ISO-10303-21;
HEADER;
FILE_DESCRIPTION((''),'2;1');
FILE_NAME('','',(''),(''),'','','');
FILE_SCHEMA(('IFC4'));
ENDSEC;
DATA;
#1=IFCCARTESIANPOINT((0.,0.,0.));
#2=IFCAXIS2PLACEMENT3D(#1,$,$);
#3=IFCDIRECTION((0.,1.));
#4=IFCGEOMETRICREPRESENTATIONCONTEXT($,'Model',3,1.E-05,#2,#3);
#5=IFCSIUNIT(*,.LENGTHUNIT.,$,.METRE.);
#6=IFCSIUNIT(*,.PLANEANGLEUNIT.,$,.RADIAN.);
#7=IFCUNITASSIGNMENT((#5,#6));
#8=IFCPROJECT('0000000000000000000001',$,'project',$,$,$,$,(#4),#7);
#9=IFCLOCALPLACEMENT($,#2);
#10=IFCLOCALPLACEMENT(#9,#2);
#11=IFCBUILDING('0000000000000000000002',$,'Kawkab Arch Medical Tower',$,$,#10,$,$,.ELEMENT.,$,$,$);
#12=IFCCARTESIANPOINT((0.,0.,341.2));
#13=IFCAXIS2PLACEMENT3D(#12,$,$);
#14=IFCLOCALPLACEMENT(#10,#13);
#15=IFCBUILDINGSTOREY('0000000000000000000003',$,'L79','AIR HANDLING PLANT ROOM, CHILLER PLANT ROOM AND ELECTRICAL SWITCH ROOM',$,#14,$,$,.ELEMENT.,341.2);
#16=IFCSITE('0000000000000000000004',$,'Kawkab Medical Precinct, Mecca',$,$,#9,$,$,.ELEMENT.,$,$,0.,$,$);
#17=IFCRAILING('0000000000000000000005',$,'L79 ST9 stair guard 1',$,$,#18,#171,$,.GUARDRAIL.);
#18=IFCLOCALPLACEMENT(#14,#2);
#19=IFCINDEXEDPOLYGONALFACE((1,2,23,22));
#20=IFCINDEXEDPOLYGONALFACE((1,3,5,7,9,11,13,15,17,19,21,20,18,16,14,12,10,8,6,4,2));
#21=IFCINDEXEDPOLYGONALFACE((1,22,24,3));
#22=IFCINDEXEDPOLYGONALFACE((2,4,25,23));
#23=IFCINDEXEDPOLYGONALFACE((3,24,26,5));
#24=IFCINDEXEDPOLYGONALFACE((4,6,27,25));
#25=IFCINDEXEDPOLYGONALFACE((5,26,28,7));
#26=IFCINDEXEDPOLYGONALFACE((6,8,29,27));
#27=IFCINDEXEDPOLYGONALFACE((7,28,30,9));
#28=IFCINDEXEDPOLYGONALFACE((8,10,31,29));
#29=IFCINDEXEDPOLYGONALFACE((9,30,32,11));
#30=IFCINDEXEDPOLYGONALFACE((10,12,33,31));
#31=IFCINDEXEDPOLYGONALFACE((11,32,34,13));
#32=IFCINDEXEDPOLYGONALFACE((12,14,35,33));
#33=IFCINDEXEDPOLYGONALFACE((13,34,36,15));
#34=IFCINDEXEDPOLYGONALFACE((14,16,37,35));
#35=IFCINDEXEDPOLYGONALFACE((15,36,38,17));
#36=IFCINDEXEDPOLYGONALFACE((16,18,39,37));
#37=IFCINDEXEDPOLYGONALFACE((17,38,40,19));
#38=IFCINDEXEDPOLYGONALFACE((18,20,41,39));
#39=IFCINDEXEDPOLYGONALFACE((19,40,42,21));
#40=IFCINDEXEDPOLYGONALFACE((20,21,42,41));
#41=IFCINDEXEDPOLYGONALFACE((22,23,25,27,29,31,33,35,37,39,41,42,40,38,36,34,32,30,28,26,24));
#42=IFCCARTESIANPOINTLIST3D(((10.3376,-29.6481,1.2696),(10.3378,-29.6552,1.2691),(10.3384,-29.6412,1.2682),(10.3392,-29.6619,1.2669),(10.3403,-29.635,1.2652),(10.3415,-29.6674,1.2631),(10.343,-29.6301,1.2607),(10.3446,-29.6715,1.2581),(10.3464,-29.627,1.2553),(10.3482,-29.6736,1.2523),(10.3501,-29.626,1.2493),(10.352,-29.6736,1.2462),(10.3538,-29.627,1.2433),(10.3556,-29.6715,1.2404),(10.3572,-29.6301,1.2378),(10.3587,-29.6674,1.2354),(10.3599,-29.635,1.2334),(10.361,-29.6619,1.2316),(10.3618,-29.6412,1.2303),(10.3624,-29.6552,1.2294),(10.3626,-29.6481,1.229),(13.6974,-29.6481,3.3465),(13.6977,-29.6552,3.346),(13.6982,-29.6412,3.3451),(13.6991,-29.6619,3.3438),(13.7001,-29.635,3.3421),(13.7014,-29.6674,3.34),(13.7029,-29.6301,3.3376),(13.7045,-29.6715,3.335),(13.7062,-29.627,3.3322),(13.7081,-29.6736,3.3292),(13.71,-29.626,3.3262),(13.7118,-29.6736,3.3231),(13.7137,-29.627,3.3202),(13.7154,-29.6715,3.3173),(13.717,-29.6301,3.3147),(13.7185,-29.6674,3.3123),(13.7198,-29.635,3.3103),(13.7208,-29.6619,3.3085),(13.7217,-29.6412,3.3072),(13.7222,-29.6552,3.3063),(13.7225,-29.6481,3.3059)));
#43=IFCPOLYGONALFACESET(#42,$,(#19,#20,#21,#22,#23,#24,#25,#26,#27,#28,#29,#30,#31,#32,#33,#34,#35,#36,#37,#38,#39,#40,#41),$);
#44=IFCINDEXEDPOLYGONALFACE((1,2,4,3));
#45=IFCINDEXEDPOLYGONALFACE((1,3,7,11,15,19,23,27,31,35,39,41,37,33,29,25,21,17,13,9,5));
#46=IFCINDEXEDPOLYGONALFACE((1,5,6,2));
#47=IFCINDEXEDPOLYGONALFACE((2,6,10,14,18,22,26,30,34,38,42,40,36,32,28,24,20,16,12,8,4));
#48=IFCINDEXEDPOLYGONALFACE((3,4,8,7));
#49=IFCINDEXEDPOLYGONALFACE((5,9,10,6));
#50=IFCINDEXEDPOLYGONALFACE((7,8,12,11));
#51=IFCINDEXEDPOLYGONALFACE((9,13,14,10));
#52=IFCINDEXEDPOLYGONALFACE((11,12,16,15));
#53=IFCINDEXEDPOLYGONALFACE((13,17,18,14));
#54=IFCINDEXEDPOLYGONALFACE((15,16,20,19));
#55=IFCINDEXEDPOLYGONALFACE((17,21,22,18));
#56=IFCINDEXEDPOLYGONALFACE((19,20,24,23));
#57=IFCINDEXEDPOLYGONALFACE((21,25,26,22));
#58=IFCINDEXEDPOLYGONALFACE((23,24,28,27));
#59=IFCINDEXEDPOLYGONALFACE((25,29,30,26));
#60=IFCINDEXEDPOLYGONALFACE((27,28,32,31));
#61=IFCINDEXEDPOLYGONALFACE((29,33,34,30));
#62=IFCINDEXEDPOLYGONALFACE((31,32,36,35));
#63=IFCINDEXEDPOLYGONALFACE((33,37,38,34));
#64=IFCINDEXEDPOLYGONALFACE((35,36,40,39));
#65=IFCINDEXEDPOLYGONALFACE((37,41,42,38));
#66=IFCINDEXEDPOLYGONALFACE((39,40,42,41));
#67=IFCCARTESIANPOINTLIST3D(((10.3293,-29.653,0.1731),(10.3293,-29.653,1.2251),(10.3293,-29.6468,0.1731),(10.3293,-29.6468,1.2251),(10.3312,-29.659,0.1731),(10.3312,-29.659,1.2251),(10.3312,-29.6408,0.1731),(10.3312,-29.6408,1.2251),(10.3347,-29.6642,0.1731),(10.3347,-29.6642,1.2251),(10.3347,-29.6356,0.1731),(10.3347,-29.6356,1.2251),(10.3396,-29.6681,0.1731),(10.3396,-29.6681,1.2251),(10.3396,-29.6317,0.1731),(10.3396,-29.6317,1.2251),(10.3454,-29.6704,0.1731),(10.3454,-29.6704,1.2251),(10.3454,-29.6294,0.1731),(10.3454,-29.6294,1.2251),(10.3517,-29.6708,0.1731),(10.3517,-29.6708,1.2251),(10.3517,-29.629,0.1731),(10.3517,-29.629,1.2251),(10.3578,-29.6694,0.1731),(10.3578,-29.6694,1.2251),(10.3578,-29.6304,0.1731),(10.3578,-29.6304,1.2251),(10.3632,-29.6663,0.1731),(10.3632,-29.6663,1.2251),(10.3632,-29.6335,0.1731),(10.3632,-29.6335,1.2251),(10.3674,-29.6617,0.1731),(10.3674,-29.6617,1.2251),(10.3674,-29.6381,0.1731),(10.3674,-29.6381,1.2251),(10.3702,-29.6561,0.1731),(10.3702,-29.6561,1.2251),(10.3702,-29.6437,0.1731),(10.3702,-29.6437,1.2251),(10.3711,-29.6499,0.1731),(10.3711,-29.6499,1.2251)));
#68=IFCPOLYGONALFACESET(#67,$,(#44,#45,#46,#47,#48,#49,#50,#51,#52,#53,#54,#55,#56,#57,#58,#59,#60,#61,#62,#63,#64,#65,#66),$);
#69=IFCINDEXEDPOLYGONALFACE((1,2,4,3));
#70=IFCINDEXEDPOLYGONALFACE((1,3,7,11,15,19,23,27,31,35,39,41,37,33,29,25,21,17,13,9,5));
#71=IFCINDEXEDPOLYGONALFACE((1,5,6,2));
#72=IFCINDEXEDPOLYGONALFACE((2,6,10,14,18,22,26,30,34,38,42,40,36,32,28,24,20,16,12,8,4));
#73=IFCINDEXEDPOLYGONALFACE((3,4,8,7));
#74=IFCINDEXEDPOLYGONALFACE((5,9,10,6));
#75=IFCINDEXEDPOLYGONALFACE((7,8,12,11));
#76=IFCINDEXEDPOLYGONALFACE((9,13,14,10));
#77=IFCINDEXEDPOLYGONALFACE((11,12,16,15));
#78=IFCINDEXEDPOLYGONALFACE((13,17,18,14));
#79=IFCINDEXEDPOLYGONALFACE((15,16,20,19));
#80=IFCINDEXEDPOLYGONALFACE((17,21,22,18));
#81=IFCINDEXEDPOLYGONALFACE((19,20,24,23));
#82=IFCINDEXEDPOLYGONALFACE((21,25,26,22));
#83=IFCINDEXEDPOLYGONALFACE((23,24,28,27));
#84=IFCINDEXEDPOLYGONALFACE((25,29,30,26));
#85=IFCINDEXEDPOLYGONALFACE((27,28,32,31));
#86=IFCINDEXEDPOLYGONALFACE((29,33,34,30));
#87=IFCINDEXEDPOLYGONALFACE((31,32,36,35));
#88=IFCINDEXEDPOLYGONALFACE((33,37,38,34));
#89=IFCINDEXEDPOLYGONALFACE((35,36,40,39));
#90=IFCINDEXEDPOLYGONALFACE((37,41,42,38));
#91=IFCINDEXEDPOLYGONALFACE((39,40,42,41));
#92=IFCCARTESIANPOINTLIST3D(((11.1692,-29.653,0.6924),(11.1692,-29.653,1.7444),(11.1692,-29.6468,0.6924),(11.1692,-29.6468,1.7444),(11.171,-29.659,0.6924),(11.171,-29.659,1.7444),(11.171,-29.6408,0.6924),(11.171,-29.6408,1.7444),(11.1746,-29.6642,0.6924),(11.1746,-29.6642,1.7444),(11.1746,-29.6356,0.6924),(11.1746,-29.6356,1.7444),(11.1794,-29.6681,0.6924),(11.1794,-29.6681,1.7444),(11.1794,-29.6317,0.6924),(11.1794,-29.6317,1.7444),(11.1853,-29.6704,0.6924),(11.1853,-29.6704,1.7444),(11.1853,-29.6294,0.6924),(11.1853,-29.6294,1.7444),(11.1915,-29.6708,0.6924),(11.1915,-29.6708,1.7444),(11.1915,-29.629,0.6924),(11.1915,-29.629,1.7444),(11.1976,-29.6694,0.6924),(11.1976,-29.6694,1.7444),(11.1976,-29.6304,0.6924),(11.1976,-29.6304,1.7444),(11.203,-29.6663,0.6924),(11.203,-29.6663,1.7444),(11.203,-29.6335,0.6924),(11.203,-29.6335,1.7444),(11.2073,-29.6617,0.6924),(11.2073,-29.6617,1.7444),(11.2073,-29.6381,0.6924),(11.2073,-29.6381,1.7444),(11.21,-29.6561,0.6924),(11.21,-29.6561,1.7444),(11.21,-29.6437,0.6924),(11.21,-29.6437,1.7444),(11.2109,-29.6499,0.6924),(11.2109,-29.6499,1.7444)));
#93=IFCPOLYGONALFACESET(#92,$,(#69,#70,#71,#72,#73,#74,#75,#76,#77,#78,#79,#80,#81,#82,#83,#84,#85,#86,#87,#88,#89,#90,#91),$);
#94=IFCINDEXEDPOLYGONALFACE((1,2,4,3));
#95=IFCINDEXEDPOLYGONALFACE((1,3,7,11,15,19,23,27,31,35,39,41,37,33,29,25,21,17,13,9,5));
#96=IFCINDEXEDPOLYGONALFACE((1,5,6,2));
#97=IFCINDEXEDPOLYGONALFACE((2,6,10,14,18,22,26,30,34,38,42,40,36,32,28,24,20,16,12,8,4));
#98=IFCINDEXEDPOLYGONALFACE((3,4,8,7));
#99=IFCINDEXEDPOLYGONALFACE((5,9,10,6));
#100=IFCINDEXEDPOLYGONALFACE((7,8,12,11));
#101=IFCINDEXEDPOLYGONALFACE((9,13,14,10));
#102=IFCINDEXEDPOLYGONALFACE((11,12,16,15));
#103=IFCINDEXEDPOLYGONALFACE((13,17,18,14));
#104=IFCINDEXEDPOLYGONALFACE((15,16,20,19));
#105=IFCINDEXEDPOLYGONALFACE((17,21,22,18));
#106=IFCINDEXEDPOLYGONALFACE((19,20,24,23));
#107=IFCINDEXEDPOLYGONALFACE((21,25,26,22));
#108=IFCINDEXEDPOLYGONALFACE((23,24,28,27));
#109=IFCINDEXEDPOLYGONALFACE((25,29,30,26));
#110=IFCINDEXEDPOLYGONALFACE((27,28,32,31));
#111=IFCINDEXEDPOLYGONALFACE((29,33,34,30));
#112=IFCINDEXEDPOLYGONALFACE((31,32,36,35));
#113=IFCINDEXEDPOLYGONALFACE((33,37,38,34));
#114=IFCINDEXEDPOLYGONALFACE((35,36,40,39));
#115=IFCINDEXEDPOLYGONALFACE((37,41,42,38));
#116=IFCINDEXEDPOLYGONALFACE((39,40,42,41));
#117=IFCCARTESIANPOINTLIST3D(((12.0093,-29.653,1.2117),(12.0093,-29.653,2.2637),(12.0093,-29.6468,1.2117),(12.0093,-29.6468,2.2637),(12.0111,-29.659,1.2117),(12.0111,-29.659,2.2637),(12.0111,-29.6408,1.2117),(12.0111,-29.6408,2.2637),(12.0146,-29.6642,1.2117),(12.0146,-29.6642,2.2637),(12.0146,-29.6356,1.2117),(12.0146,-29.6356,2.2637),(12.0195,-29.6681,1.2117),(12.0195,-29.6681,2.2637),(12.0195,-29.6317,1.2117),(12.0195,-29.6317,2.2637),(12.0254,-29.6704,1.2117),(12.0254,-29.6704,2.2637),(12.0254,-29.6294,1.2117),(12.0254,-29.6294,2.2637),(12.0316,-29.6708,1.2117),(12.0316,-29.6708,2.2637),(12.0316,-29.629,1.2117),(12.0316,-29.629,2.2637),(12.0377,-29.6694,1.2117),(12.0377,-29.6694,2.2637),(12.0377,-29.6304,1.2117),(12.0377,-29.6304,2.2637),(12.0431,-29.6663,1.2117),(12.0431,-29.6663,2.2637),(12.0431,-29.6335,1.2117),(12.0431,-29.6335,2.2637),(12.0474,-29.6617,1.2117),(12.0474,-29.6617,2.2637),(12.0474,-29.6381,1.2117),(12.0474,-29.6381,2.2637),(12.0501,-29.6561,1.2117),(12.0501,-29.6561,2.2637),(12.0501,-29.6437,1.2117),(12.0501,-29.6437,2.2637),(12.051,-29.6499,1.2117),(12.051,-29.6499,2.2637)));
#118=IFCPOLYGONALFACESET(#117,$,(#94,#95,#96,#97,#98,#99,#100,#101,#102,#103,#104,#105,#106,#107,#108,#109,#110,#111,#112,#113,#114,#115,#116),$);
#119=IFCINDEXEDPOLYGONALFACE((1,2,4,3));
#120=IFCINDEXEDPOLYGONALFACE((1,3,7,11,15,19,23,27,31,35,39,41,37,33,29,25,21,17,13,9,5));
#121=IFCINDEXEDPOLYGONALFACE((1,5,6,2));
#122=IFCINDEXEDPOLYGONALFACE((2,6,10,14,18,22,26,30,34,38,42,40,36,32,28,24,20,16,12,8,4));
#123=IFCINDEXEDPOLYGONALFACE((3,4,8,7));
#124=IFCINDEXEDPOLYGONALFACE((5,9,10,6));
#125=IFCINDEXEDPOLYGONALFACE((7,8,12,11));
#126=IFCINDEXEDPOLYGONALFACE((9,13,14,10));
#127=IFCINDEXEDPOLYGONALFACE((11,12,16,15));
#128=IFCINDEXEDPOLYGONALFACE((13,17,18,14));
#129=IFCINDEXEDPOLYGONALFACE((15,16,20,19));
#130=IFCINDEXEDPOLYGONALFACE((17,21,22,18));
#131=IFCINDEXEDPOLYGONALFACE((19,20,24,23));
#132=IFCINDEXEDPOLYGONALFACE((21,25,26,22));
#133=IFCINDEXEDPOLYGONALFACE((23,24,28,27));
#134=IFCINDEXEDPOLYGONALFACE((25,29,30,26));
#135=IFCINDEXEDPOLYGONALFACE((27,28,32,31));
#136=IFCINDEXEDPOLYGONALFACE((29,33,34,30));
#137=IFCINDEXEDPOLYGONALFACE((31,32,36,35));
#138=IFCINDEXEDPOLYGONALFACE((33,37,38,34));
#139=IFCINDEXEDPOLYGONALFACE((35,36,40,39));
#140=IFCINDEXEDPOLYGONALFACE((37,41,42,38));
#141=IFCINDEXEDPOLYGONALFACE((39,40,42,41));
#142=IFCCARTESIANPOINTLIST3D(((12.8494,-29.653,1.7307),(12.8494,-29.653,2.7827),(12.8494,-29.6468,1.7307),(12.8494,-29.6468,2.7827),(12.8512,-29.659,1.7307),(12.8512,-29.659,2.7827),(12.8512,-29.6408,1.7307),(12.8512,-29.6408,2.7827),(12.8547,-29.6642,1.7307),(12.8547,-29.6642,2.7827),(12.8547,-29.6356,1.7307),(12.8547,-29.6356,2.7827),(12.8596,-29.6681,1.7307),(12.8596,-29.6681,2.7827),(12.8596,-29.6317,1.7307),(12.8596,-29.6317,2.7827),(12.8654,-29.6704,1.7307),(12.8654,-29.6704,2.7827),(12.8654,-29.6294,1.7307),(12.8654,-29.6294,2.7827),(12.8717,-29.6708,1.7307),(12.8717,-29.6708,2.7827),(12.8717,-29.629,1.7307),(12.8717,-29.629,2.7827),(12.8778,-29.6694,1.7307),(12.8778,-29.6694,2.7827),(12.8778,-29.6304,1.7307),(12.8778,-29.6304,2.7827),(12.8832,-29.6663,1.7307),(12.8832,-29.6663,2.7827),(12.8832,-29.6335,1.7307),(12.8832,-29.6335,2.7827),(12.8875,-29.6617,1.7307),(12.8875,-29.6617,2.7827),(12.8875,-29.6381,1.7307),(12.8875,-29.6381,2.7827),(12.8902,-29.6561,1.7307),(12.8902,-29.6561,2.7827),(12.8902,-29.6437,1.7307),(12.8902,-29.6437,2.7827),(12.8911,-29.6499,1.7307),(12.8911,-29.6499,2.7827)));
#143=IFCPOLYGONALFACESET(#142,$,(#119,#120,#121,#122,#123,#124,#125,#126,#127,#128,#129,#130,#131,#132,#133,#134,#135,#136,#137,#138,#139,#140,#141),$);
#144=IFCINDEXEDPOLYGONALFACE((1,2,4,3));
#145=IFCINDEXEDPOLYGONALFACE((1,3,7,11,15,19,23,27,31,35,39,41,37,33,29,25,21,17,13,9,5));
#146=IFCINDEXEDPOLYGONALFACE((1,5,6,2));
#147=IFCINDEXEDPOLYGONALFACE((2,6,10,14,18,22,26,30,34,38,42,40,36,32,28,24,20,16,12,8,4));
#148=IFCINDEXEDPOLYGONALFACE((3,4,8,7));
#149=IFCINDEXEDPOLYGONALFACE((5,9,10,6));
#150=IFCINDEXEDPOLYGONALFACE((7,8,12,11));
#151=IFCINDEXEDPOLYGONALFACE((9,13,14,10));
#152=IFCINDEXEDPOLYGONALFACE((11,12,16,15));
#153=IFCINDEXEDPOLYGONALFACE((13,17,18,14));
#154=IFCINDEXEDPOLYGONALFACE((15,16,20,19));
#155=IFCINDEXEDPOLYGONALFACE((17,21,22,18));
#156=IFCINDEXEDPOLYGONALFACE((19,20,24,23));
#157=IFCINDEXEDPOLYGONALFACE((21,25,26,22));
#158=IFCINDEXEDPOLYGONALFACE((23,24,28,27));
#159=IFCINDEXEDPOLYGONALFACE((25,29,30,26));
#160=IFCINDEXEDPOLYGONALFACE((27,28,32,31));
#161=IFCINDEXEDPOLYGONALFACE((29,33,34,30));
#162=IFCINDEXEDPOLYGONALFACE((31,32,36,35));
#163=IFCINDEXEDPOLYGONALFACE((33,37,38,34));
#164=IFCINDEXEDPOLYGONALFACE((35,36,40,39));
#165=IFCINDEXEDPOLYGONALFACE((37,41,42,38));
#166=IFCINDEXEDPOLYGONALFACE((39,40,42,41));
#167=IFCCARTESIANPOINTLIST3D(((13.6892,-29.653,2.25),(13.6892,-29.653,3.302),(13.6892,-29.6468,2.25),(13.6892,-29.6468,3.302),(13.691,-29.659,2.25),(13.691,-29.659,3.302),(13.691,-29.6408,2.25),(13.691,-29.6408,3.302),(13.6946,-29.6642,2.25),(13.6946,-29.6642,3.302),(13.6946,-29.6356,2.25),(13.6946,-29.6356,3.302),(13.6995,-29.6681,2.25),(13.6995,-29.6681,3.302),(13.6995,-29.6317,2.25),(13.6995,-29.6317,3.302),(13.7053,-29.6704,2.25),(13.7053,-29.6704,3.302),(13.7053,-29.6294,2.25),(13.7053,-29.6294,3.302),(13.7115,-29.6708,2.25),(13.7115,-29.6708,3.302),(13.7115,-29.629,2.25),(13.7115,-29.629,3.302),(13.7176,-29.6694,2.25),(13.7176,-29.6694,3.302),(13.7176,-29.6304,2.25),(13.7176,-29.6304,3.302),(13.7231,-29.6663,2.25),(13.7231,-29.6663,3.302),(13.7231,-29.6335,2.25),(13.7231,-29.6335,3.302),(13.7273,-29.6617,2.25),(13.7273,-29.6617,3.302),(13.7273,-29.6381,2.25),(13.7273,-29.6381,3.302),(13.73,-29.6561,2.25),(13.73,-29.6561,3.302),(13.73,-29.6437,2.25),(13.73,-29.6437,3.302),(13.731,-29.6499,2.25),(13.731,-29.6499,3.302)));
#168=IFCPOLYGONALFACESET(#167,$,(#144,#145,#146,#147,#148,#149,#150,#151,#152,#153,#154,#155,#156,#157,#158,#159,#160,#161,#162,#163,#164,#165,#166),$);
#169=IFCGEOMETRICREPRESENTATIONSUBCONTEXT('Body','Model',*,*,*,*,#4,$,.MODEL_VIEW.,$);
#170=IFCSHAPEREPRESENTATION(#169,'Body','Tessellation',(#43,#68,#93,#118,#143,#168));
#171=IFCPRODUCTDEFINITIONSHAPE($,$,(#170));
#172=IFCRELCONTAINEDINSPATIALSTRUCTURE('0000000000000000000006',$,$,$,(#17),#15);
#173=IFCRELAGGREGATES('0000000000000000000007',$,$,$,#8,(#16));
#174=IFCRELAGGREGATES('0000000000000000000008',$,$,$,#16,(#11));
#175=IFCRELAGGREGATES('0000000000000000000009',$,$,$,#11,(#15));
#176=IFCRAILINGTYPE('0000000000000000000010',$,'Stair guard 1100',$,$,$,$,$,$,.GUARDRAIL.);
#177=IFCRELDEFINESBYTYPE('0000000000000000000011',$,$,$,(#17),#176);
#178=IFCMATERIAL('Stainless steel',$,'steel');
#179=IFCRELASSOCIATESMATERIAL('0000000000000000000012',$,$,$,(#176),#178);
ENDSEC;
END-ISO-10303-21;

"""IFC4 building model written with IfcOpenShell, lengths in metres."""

from ifc_helpers import new_model, si_unit, direction, frame, origin, origin_2d, place, context, subcontext, project, spatial, circle, extrude, material, type_object, element, save


model = new_model("IFC4")

# Units and contexts
model_context = context("Model", 3, precision=1e-05, world=origin(), true_north=direction((0.0, 1.0)))
body_context = subcontext(model_context, "Body", "Model", "MODEL_VIEW")
ifc_project = project(units=[si_unit("LENGTHUNIT", "METRE"), si_unit("PLANEANGLEUNIT", "RADIAN")], contexts=[model_context])

# Site, building, storey
site_placement = place(None, origin())
site = spatial("IfcSite", under=ifc_project, at=site_placement, Name="Kawkab Medical Precinct, Mecca", CompositionType="ELEMENT", RefElevation=0.0)
building_placement = place(site_placement, origin())
building = spatial("IfcBuilding", under=site, at=building_placement, Name="Kawkab Arch Medical Tower", CompositionType="ELEMENT")
storey_placement = place(building_placement, frame((0.0, 0.0, 341.2)))
storey = spatial("IfcBuildingStorey", under=building, at=storey_placement, Name="L79", Description="AIR HANDLING PLANT ROOM, CHILLER PLANT ROOM AND ELECTRICAL SWITCH ROOM", CompositionType="ELEMENT", Elevation=341.2)

# Railing
ifc_material_1 = material(Name="Stainless steel", Category="steel")
railing_type = type_object("IfcRailingType", Name="Stair guard 1100", PredefinedType="GUARDRAIL", material=ifc_material_1)
railing_1_placement = place(storey_placement, frame((10.3501, -29.6499, 0.1731)))
element("IfcRailing", 1, at=railing_1_placement, inside=storey, type_object=railing_type, Name="L79 ST9 stair guard 1", PredefinedType="GUARDRAIL", context=body_context, shape_type="SweptSolid", body=[
    extrude(circle(Radius=0.0239, at=origin_2d()), frame((0.0, 0.0, 1.0762), z_axis=(0.850606, 0.0, 0.525803), x_axis=(0.0, 1.0, 0.0)), (0.0, 0.0, 1.0), 3.95),
    extrude(circle(Radius=0.021, at=origin_2d()), origin(), (0.0, 0.0, 1.0), 1.052),
    extrude(circle(Radius=0.021, at=origin_2d()), frame((0.8398, 0.0, 0.5193)), (0.0, 0.0, 1.0), 1.052),
    extrude(circle(Radius=0.021, at=origin_2d()), frame((1.6799, 0.0, 1.0386)), (0.0, 0.0, 1.0), 1.052),
    extrude(circle(Radius=0.021, at=origin_2d()), frame((2.52, 0.0, 1.5576)), (0.0, 0.0, 1.0), 1.052),
    extrude(circle(Radius=0.021, at=origin_2d()), frame((3.3599, 0.0, 2.0769)), (0.0, 0.0, 1.0), 1.052),
])

save(model, "model.ifc")
